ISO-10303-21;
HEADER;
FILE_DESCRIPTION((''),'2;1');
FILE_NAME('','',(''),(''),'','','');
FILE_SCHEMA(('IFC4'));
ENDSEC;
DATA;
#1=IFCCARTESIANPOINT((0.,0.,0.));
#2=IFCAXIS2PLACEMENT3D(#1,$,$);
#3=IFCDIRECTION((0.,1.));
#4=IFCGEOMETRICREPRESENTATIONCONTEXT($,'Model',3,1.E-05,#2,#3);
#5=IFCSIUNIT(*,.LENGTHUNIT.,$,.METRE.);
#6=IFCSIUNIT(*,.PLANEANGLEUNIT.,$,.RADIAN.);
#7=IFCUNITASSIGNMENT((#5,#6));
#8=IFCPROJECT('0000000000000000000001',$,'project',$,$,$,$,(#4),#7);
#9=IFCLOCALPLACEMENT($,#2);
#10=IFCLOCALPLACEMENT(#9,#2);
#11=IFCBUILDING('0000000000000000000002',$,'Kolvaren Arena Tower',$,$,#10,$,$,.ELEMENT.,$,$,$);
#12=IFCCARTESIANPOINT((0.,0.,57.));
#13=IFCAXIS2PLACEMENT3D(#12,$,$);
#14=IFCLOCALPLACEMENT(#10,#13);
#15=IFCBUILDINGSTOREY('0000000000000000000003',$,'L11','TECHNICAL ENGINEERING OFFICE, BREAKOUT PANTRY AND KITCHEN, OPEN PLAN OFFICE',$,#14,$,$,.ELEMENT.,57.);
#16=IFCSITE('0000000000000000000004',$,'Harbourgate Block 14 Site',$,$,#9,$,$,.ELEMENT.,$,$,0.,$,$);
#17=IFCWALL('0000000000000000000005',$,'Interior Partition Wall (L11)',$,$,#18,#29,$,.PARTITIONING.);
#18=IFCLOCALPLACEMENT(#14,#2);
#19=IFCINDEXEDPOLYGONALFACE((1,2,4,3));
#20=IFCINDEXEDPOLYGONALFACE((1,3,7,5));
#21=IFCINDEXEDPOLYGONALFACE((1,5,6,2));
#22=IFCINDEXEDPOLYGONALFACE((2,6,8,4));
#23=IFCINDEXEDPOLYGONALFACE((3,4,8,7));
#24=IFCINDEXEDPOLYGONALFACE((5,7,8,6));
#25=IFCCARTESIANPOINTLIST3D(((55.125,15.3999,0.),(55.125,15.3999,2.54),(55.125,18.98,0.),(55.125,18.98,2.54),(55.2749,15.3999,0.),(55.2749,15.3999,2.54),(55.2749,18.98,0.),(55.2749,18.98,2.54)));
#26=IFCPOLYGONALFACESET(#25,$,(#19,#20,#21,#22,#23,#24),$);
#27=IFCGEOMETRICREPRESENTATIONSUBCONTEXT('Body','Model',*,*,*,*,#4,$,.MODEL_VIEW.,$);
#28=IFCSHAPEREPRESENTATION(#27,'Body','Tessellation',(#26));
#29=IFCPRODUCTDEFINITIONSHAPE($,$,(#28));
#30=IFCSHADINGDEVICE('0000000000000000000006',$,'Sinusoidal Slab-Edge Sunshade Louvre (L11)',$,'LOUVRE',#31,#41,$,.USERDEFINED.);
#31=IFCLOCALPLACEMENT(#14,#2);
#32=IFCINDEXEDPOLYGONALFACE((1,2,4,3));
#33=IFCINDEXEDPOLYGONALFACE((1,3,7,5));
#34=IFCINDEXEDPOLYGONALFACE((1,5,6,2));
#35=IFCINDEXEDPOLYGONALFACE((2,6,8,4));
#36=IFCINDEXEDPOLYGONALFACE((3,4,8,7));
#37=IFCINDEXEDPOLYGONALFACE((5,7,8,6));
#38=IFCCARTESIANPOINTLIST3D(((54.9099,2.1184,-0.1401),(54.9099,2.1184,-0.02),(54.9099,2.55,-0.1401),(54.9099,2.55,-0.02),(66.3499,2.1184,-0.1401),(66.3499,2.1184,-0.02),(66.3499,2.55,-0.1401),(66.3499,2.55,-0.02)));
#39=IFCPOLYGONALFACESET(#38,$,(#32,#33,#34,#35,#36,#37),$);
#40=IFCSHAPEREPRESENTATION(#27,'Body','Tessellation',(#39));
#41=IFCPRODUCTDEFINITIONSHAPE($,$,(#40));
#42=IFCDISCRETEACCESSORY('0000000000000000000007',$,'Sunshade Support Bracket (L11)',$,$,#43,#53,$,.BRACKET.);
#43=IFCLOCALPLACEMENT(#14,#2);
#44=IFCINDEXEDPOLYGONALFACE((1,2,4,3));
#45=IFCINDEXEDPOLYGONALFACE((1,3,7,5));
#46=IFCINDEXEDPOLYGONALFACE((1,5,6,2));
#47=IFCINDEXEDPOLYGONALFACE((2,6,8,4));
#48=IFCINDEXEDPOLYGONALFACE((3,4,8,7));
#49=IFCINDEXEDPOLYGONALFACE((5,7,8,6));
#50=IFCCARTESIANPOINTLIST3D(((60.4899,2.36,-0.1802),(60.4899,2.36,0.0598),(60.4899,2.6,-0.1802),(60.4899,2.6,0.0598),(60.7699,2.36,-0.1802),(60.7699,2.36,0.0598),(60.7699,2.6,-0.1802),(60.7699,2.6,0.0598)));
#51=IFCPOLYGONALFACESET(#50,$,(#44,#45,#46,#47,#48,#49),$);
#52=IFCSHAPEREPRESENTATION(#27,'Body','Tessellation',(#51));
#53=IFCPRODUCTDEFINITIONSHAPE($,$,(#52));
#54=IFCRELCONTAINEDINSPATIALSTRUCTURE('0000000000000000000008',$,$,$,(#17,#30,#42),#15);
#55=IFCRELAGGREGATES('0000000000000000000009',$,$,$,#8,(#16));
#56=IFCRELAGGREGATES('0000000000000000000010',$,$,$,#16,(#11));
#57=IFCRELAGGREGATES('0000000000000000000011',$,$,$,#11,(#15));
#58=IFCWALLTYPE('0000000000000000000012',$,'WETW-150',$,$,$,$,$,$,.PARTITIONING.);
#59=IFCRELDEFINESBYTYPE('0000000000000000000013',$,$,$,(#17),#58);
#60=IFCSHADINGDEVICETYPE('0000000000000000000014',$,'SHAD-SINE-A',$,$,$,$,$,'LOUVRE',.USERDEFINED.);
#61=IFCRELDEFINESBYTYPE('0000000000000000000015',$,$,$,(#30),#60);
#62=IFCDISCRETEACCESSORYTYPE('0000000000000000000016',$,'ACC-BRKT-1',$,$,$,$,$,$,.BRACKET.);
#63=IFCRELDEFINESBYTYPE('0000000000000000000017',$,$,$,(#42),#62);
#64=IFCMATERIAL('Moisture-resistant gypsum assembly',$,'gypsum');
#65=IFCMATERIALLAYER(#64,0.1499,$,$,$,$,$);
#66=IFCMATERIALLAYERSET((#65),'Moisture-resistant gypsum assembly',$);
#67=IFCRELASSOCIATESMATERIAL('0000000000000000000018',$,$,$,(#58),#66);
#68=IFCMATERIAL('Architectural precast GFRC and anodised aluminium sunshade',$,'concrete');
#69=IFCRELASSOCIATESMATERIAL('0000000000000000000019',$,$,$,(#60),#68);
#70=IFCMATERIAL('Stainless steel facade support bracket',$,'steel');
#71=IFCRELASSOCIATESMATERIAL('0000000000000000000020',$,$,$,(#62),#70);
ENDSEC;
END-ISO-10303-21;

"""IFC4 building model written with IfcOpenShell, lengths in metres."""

from ifc_helpers import new_model, si_unit, direction, frame, frame_2d, origin, origin_2d, place, context, subcontext, project, spatial, rectangle, extrude, material, layer, layer_set, type_object, element, save


model = new_model("IFC4")

# Units and contexts
model_context = context("Model", 3, precision=1e-05, world=origin(), true_north=direction((0.0, 1.0)))
body_context = subcontext(model_context, "Body", "Model", "MODEL_VIEW")
ifc_project = project(units=[si_unit("LENGTHUNIT", "METRE"), si_unit("PLANEANGLEUNIT", "RADIAN")], contexts=[model_context])

# Site, building, storey
site_placement = place(None, origin())
site = spatial("IfcSite", under=ifc_project, at=site_placement, Name="Harbourgate Block 14 Site", CompositionType="ELEMENT", RefElevation=0.0)
building_placement = place(site_placement, origin())
building = spatial("IfcBuilding", under=site, at=building_placement, Name="Kolvaren Arena Tower", CompositionType="ELEMENT")
storey_placement = place(building_placement, frame((0.0, 0.0, 57.0)))
storey = spatial("IfcBuildingStorey", under=building, at=storey_placement, Name="L11", Description="TECHNICAL ENGINEERING OFFICE, BREAKOUT PANTRY AND KITCHEN, OPEN PLAN OFFICE", CompositionType="ELEMENT", Elevation=57.0)

# Wall
ifc_material_1 = material(Name="Moisture-resistant gypsum assembly", Category="gypsum")
ifc_layer_1 = layer(ifc_material_1, 0.1499)
ifc_layer_set_1 = layer_set([ifc_layer_1], Name="Moisture-resistant gypsum assembly")
wall_type_1 = type_object("IfcWallType", Name="WETW-150", PredefinedType="PARTITIONING", material=ifc_layer_set_1)
wall_1_placement = place(storey_placement, frame((55.2, 15.3999, 0.0), z_axis=(0.0, 0.0, 1.0), x_axis=(0.0, 1.0, 0.0)))
element("IfcWall", 1, at=wall_1_placement, inside=storey, type_object=wall_type_1, Name="Interior Partition Wall (L11)", PredefinedType="PARTITIONING", context=body_context, shape_type="SweptSolid", body=[
    extrude(rectangle(XDim=3.5801, YDim=0.1499, at=frame_2d((1.79, 0.0))), origin(), (0.0, 0.0, 1.0), 2.54),
])

# Shading device
ifc_material_2 = material(Name="Architectural precast GFRC and anodised aluminium sunshade", Category="concrete")
shading_device_type = type_object("IfcShadingDeviceType", Name="SHAD-SINE-A", ElementType="LOUVRE", PredefinedType="USERDEFINED", material=ifc_material_2)
shading_device_placement = place(storey_placement, frame((60.6299, 2.3342, -0.1401), z_axis=(0.0, 0.0, 1.0), x_axis=(-1.0, 0.0, 0.0)))
element("IfcShadingDevice", 2, at=shading_device_placement, inside=storey, type_object=shading_device_type, Name="Sinusoidal Slab-Edge Sunshade Louvre (L11)", ObjectType="LOUVRE", PredefinedType="USERDEFINED", context=body_context, shape_type="SweptSolid", body=[
    extrude(rectangle(XDim=11.4399, YDim=0.4316, at=origin_2d()), origin(), (0.0, 0.0, 1.0), 0.1201),
])

# Discrete accessory
ifc_material_3 = material(Name="Stainless steel facade support bracket", Category="steel")
discrete_accessory_type = type_object("IfcDiscreteAccessoryType", Name="ACC-BRKT-1", PredefinedType="BRACKET", material=ifc_material_3)
discrete_accessory_placement = place(storey_placement, frame((60.6299, 2.48, -0.1802), z_axis=(0.0, 0.0, 1.0), x_axis=(-1.0, 0.0, 0.0)))
element("IfcDiscreteAccessory", 3, at=discrete_accessory_placement, inside=storey, type_object=discrete_accessory_type, Name="Sunshade Support Bracket (L11)", PredefinedType="BRACKET", context=body_context, shape_type="SweptSolid", body=[
    extrude(rectangle(XDim=0.28, YDim=0.24, at=origin_2d()), origin(), (0.0, 0.0, 1.0), 0.24),
])

save(model, "model.ifc")
